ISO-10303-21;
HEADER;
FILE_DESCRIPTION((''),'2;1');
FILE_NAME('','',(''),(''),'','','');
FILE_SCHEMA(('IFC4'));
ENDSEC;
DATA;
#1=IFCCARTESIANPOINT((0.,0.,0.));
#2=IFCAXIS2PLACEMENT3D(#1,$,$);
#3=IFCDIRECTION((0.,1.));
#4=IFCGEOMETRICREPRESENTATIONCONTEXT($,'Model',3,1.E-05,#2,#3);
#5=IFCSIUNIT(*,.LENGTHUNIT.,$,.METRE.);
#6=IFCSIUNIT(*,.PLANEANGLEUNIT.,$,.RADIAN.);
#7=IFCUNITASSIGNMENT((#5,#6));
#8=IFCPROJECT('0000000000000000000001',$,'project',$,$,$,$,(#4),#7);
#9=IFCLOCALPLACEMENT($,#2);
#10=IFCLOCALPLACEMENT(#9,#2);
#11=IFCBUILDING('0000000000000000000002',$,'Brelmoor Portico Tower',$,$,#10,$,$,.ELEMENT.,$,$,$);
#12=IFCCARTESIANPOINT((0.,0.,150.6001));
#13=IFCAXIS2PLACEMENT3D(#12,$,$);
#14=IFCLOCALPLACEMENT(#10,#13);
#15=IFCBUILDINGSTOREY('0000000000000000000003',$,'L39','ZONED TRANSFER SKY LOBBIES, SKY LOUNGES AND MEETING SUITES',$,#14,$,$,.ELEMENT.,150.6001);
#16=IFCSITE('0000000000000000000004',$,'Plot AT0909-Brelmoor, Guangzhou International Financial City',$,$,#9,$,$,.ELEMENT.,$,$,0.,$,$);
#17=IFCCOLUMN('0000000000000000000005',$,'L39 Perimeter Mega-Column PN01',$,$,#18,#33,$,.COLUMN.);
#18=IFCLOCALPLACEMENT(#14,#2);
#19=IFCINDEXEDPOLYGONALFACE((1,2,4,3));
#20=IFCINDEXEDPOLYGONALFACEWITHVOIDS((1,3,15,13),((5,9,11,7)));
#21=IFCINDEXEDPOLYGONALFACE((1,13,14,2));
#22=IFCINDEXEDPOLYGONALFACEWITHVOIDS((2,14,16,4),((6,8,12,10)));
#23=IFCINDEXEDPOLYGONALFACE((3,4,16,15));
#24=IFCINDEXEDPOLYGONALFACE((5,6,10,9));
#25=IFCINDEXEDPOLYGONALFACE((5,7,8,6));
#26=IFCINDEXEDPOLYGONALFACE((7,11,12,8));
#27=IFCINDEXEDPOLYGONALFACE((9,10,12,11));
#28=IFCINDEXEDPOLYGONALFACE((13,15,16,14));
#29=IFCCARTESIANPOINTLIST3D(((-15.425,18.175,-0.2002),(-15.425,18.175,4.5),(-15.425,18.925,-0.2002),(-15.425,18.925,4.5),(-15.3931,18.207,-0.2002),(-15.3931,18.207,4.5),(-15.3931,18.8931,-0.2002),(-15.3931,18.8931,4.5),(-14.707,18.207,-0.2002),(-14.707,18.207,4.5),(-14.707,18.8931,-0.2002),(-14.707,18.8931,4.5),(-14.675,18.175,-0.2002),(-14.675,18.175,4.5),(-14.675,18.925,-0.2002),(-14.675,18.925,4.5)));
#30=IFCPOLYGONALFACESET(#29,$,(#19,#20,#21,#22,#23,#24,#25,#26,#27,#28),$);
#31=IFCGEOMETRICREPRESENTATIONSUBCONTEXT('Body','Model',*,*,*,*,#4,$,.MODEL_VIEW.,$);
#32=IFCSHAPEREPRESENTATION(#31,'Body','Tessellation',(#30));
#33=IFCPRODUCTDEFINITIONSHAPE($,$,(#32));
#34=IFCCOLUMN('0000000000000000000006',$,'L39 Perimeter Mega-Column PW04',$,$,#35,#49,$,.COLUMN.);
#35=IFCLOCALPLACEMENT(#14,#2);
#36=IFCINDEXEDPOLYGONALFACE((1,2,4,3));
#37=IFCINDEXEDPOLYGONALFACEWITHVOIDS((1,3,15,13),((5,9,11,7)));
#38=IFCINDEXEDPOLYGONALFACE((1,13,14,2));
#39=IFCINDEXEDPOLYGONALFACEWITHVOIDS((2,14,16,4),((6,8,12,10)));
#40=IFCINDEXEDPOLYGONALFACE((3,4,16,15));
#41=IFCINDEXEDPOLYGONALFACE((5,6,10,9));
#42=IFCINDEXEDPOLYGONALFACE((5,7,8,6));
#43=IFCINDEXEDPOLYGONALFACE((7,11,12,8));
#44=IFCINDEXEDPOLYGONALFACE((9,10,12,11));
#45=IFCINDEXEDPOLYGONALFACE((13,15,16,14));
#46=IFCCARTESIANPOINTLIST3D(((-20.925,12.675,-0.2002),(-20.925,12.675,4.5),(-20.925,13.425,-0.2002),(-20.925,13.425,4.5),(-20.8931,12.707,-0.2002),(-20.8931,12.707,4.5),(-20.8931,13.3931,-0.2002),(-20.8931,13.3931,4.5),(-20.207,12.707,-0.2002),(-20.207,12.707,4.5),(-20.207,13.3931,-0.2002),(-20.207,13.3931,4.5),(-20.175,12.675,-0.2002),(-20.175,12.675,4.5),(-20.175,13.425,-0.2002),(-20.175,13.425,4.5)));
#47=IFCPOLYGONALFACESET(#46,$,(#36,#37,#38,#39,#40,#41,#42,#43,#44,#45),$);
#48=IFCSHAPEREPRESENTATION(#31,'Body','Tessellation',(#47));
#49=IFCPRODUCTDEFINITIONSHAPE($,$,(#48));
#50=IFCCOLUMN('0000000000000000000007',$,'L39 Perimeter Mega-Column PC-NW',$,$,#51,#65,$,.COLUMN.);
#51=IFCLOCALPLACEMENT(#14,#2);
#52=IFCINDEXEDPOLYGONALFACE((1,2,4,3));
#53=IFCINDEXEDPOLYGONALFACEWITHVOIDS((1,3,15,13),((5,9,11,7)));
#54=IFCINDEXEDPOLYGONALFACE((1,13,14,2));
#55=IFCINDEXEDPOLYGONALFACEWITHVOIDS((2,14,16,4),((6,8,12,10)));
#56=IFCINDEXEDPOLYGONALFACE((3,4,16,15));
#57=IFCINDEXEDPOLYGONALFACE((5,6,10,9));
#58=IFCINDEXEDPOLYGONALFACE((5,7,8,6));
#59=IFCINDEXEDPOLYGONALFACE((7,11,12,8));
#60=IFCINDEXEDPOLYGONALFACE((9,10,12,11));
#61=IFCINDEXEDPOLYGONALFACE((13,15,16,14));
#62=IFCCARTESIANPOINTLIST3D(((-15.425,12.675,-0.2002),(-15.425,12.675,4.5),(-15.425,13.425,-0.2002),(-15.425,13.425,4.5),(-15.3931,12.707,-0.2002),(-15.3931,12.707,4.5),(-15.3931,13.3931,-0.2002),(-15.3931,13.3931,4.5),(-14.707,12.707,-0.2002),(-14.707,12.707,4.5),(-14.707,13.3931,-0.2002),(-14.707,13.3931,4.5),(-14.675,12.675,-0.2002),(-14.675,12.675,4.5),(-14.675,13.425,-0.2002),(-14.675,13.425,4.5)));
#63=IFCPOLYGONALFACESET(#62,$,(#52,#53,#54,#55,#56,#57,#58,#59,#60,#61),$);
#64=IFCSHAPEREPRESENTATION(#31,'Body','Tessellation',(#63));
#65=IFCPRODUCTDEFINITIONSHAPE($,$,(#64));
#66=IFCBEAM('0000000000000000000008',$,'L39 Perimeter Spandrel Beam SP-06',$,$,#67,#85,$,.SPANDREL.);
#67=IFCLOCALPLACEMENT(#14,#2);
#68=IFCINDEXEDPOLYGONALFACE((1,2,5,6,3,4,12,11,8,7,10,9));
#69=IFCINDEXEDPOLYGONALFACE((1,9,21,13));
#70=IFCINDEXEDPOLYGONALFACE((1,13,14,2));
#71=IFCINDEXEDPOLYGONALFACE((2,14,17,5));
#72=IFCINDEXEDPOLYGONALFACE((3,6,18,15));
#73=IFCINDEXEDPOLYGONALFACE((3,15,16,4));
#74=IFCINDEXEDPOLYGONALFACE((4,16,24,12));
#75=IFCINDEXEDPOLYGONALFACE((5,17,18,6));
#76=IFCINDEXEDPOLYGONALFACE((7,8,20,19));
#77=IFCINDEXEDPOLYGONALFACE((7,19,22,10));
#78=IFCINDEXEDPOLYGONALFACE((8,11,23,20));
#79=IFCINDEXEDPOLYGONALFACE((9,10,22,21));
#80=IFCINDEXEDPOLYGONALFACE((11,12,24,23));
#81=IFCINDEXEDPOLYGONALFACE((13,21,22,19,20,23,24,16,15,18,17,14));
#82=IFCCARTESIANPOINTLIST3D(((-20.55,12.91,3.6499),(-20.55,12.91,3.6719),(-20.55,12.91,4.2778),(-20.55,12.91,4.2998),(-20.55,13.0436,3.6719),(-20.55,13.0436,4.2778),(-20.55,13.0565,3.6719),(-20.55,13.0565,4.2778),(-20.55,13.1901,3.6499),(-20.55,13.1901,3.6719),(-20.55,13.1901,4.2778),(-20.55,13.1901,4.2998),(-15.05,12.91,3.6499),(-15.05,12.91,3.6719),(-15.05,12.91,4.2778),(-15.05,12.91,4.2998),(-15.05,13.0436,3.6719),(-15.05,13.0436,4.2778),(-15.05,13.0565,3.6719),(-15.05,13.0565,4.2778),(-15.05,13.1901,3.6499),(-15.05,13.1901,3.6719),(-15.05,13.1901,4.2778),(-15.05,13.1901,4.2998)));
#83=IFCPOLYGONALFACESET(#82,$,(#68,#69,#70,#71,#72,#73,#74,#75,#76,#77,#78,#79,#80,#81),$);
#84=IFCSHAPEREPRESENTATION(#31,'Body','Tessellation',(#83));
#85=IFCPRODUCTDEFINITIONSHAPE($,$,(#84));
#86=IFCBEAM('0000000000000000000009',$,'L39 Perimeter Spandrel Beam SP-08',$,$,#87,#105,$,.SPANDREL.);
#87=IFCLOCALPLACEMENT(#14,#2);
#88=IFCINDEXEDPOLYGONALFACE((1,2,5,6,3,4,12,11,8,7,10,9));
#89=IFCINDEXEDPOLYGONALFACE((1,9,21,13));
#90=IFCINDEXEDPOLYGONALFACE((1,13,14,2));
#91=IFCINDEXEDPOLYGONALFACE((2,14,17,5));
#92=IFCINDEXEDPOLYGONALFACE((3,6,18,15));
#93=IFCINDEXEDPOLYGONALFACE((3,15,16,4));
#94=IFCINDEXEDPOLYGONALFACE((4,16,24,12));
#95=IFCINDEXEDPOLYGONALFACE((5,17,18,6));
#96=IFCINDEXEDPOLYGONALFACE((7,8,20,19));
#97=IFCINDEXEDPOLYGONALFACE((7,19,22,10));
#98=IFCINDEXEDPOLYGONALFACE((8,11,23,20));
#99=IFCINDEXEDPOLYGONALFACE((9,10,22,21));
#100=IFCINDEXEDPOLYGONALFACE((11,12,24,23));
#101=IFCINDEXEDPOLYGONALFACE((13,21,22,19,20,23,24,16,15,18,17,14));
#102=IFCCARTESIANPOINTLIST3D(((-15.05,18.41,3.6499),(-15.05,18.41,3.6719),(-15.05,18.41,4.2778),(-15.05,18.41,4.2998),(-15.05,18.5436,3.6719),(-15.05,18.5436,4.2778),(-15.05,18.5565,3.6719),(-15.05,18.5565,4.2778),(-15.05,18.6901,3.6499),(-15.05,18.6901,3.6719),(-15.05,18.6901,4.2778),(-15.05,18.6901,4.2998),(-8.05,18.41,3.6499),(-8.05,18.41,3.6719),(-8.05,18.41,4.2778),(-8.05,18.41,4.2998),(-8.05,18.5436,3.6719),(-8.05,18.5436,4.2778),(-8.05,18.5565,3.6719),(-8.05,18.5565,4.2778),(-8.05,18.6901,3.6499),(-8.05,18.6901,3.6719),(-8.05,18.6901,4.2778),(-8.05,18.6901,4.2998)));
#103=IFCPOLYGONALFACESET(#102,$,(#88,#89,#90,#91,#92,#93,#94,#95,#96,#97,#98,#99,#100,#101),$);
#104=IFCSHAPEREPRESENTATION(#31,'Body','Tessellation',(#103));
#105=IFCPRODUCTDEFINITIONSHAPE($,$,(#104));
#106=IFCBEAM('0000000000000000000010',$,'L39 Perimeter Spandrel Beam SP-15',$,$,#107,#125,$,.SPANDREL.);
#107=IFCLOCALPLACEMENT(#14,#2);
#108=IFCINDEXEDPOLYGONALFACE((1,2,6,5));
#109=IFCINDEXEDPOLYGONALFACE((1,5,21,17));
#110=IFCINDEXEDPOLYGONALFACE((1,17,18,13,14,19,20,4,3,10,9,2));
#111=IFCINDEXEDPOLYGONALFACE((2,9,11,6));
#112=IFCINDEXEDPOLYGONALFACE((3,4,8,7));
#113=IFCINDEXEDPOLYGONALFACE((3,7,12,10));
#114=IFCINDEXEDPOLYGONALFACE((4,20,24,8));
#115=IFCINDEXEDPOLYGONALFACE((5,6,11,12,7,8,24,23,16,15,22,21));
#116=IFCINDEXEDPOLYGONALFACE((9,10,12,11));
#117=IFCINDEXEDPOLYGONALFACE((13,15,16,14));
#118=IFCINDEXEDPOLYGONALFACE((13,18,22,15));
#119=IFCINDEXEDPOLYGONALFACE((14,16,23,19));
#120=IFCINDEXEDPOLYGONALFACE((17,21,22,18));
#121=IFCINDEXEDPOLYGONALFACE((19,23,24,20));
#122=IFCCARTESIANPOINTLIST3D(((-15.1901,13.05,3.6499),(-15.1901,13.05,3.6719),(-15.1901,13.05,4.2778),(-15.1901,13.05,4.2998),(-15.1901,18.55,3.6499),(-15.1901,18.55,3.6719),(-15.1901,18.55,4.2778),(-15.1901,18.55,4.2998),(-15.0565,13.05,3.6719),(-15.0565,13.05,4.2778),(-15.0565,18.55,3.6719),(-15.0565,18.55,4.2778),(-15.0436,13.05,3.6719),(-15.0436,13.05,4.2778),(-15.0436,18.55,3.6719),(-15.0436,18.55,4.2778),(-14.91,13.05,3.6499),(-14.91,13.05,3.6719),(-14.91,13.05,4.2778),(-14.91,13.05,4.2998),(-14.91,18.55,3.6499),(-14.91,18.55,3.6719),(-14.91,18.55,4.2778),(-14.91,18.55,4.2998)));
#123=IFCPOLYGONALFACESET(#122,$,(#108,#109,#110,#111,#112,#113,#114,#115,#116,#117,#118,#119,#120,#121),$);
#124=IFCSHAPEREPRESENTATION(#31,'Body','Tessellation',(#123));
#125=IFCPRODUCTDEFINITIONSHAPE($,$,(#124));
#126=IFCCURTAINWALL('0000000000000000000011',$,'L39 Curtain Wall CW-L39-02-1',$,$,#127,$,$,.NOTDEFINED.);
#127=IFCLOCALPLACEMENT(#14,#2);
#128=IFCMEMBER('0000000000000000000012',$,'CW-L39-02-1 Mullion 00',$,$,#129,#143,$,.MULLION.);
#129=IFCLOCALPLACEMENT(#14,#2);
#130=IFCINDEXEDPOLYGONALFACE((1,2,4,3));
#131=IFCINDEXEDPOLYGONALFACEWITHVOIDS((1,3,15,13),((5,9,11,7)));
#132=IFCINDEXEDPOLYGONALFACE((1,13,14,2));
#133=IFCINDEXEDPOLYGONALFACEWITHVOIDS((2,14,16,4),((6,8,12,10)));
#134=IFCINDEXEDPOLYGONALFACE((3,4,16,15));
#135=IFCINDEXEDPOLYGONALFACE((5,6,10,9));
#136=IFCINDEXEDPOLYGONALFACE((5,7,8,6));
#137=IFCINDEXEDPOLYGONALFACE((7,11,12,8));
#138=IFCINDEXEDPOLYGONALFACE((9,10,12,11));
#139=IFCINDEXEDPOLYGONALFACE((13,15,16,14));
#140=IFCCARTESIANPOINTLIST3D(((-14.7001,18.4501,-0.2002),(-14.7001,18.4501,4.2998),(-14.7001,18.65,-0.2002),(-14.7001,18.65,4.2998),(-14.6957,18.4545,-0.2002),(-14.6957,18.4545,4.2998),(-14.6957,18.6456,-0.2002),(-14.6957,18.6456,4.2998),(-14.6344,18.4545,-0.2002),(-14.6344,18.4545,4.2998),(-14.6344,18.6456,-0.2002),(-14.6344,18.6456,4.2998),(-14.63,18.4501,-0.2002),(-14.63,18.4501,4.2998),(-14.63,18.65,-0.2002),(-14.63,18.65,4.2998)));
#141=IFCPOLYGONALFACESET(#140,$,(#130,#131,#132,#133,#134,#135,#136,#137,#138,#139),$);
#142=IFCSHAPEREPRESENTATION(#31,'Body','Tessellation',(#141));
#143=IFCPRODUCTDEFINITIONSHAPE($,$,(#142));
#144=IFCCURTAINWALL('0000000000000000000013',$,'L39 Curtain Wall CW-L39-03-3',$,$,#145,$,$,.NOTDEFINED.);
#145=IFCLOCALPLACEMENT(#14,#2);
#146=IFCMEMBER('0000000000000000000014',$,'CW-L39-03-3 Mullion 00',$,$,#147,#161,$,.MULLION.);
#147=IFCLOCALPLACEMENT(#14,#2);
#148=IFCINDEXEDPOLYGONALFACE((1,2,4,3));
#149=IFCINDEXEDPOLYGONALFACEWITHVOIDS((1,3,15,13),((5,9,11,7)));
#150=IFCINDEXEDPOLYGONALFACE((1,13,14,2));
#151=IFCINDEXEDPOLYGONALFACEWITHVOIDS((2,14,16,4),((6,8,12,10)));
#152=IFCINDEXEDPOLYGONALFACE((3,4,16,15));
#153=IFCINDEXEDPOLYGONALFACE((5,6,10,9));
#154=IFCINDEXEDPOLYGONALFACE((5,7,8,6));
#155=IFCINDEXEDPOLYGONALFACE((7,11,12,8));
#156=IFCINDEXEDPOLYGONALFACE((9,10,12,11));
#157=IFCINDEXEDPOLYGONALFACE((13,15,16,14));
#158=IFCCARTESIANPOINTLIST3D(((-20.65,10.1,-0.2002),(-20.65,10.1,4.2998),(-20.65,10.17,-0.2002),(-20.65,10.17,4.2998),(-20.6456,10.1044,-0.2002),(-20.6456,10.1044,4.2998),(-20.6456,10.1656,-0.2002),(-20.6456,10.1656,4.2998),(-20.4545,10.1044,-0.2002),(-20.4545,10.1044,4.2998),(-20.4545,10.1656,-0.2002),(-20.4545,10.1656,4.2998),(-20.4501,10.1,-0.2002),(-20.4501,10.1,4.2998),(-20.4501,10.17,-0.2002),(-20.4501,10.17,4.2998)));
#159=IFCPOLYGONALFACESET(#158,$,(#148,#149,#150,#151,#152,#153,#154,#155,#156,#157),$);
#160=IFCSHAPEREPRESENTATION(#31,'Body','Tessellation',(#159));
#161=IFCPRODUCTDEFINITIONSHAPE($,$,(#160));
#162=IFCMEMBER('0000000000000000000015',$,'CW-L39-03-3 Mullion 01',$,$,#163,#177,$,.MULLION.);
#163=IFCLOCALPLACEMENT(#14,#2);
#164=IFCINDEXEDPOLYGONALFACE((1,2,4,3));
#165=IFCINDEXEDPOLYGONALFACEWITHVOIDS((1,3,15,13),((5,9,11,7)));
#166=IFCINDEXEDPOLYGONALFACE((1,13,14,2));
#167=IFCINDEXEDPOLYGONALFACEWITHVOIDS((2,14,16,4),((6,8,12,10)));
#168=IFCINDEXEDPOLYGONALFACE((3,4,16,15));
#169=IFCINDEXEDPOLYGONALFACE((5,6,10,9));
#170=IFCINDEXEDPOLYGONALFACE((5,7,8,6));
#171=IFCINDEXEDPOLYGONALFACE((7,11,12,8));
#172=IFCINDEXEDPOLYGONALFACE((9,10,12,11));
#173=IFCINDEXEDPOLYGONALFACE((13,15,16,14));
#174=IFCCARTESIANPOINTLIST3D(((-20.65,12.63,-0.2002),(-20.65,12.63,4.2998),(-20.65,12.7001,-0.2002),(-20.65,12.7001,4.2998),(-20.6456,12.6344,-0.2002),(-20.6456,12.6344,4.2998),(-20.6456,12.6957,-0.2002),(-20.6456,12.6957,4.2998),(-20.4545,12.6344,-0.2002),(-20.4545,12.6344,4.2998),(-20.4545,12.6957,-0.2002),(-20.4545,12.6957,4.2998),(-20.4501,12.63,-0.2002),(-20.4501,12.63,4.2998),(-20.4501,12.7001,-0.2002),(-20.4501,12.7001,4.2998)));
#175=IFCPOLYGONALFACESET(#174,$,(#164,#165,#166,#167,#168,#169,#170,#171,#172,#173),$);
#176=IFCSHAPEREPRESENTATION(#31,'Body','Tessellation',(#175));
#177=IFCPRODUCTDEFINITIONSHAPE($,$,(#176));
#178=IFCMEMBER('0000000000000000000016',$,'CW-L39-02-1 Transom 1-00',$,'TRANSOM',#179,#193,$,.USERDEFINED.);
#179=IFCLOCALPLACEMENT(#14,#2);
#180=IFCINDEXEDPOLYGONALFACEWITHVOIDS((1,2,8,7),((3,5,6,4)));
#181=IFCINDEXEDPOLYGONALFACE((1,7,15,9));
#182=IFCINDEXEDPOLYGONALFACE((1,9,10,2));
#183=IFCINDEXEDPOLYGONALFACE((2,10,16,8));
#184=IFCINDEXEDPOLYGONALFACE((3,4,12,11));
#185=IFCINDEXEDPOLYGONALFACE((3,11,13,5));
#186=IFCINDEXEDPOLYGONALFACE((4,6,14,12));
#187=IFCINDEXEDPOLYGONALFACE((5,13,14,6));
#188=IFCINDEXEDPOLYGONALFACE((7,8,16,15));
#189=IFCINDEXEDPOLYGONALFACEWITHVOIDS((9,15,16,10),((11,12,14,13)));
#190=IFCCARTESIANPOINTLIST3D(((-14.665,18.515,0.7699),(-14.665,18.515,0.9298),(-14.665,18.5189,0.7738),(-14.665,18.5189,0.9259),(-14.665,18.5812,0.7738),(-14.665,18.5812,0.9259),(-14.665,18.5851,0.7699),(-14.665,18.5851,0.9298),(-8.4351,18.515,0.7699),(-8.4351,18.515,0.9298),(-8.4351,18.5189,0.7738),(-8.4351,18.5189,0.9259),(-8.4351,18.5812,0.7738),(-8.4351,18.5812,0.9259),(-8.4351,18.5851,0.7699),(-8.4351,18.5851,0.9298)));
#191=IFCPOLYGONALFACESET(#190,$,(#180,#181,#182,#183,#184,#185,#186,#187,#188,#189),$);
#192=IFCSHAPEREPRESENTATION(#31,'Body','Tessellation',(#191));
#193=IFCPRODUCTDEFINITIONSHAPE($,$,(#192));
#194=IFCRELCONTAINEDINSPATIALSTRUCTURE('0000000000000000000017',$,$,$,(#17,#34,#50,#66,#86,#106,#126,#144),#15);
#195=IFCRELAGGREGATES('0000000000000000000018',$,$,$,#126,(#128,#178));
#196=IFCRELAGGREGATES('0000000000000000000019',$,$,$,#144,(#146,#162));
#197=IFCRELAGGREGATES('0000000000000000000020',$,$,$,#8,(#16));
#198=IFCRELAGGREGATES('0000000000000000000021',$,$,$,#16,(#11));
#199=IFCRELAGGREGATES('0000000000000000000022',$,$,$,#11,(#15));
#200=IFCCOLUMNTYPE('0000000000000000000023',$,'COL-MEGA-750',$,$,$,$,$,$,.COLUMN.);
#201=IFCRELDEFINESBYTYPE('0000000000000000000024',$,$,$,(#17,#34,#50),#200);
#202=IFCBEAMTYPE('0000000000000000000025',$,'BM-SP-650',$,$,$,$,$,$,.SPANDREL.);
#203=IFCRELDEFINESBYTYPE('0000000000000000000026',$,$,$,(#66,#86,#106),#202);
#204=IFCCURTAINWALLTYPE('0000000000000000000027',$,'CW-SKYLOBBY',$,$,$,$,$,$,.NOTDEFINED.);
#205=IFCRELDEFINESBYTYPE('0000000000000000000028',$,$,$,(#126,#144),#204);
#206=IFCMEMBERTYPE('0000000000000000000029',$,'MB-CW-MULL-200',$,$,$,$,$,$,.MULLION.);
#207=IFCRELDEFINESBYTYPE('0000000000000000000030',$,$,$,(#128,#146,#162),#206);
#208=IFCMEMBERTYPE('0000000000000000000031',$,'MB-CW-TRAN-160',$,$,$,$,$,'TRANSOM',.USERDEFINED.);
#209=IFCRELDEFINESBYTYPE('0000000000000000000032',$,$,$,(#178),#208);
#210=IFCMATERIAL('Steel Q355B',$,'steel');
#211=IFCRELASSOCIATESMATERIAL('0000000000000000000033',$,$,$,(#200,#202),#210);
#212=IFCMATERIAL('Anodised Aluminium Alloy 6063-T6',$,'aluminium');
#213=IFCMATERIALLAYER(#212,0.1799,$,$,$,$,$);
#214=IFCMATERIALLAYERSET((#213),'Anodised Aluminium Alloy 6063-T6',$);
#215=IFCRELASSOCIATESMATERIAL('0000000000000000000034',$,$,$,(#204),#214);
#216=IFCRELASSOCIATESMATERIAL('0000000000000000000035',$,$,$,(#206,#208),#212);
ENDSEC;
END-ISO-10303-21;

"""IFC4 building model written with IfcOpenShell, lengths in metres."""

from ifc_helpers import new_model, si_unit, direction, frame, origin, origin_2d, place, context, subcontext, project, spatial, hollow_rectangle, i_section, extrude, material, layer, layer_set, material_profile, profile_set, type_object, element, aggregate, save


model = new_model("IFC4")

# Units and contexts
model_context = context("Model", 3, precision=1e-05, world=origin(), true_north=direction((0.0, 1.0)))
body_context = subcontext(model_context, "Body", "Model", "MODEL_VIEW")
ifc_project = project(units=[si_unit("LENGTHUNIT", "METRE"), si_unit("PLANEANGLEUNIT", "RADIAN")], contexts=[model_context])

# Site, building, storey
site_placement = place(None, origin())
site = spatial("IfcSite", under=ifc_project, at=site_placement, Name="Plot AT0909-Brelmoor, Guangzhou International Financial City", CompositionType="ELEMENT", RefElevation=0.0)
building_placement = place(site_placement, origin())
building = spatial("IfcBuilding", under=site, at=building_placement, Name="Brelmoor Portico Tower", CompositionType="ELEMENT")
storey_placement = place(building_placement, frame((0.0, 0.0, 150.6001)))
storey = spatial("IfcBuildingStorey", under=building, at=storey_placement, Name="L39", Description="ZONED TRANSFER SKY LOBBIES, SKY LOUNGES AND MEETING SUITES", CompositionType="ELEMENT", Elevation=150.6001)

# Columns
ifc_material_1 = material(Name="Steel Q355B", Category="steel")
ifc_material_profile_1 = material_profile(ifc_material_1, hollow_rectangle(XDim=0.75, YDim=0.75, WallThickness=0.032, at=origin_2d()), Name="BOX 750x750x32")
ifc_profile_set_1 = profile_set([ifc_material_profile_1], Name="Steel Q355B")
column_type = type_object("IfcColumnType", Name="COL-MEGA-750", PredefinedType="COLUMN", material=ifc_profile_set_1)
for number, where, z_axis, x_axis, name in (
    (1, (-15.05, 18.55, -0.2002), (0.0, 0.0, 1.0), (1.0, 0.0, 0.0), "L39 Perimeter Mega-Column PN01"),
    (2, (-20.55, 13.05, -0.2002), (0.0, 0.0, 1.0), (0.0, 1.0, 0.0), "L39 Perimeter Mega-Column PW04"),
    (3, (-15.05, 13.05, -0.2002), (0.0, 0.0, 1.0), (1.0, 0.0, 0.0), "L39 Perimeter Mega-Column PC-NW"),
):
    element("IfcColumn", number, at=place(storey_placement, frame(where, z_axis=z_axis, x_axis=x_axis)), inside=storey, type_object=column_type, Name=name, PredefinedType="COLUMN", context=body_context, shape_type="SweptSolid", body=[
        extrude(hollow_rectangle(XDim=0.75, YDim=0.75, WallThickness=0.032, at=origin_2d()), origin(), (0.0, 0.0, 1.0), 4.7002),
    ])

# Beams
ifc_material_profile_2 = material_profile(ifc_material_1, i_section(OverallWidth=0.28, OverallDepth=0.6499, WebThickness=0.0129, FlangeThickness=0.022, at=origin_2d()), Name="HN 650x280x13x22")
ifc_profile_set_2 = profile_set([ifc_material_profile_2], Name="Steel Q355B")
beam_type = type_object("IfcBeamType", Name="BM-SP-650", PredefinedType="SPANDREL", material=ifc_profile_set_2)
beam_1_placement = place(storey_placement, frame((-20.55, 13.05, 3.9749), z_axis=(1.0, 0.0, 0.0), x_axis=(0.0, 1.0, 0.0)))
element("IfcBeam", 4, at=beam_1_placement, inside=storey, type_object=beam_type, Name="L39 Perimeter Spandrel Beam SP-06", PredefinedType="SPANDREL", context=body_context, shape_type="SweptSolid", body=[
    extrude(i_section(OverallWidth=0.28, OverallDepth=0.6499, WebThickness=0.0129, FlangeThickness=0.022, at=origin_2d()), origin(), (0.0, 0.0, 1.0), 5.5),
])
beam_2_placement = place(storey_placement, frame((-15.05, 18.55, 3.9749), z_axis=(1.0, 0.0, 0.0), x_axis=(0.0, 1.0, 0.0)))
element("IfcBeam", 5, at=beam_2_placement, inside=storey, type_object=beam_type, Name="L39 Perimeter Spandrel Beam SP-08", PredefinedType="SPANDREL", context=body_context, shape_type="SweptSolid", body=[
    extrude(i_section(OverallWidth=0.28, OverallDepth=0.6499, WebThickness=0.0129, FlangeThickness=0.022, at=origin_2d()), origin(), (0.0, 0.0, 1.0), 7.0),
])
beam_3_placement = place(storey_placement, frame((-15.05, 13.05, 3.9749), z_axis=(0.0, 1.0, 0.0), x_axis=(-1.0, 0.0, 0.0)))
element("IfcBeam", 6, at=beam_3_placement, inside=storey, type_object=beam_type, Name="L39 Perimeter Spandrel Beam SP-15", PredefinedType="SPANDREL", context=body_context, shape_type="SweptSolid", body=[
    extrude(i_section(OverallWidth=0.28, OverallDepth=0.6499, WebThickness=0.0129, FlangeThickness=0.022, at=origin_2d()), origin(), (0.0, 0.0, 1.0), 5.5),
])

# Curtain wall, member
ifc_material_2 = material(Name="Anodised Aluminium Alloy 6063-T6", Category="aluminium")
ifc_layer_1 = layer(ifc_material_2, 0.1799)
ifc_layer_set_1 = layer_set([ifc_layer_1], Name="Anodised Aluminium Alloy 6063-T6")
curtain_wall_type = type_object("IfcCurtainWallType", Name="CW-SKYLOBBY", PredefinedType="NOTDEFINED", material=ifc_layer_set_1)
curtain_wall_1_placement = place(storey_placement, origin())
curtain_wall_1 = element("IfcCurtainWall", 7, at=curtain_wall_1_placement, inside=storey, type_object=curtain_wall_type, Name="L39 Curtain Wall CW-L39-02-1", PredefinedType="NOTDEFINED")
ifc_material_profile_3 = material_profile(ifc_material_2, hollow_rectangle(XDim=0.0701, YDim=0.2, WallThickness=0.0044, at=origin_2d()), Name="ALU MULLION 70x200")
ifc_profile_set_3 = profile_set([ifc_material_profile_3], Name="Anodised Aluminium Alloy 6063-T6")
member_type_1 = type_object("IfcMemberType", Name="MB-CW-MULL-200", PredefinedType="MULLION", material=ifc_profile_set_3)
member_1_placement = place(storey_placement, frame((-14.665, 18.55, -0.2002), z_axis=(0.0, 0.0, 1.0), x_axis=(1.0, 0.0, 0.0)))
member_1 = element("IfcMember", 8, at=member_1_placement, type_object=member_type_1, Name="CW-L39-02-1 Mullion 00", PredefinedType="MULLION", context=body_context, shape_type="SweptSolid", body=[
    extrude(hollow_rectangle(XDim=0.0701, YDim=0.2, WallThickness=0.0044, at=origin_2d()), origin(), (0.0, 0.0, 1.0), 4.5),
])

# Curtain wall, members
curtain_wall_2_placement = place(storey_placement, origin())
curtain_wall_2 = element("IfcCurtainWall", 9, at=curtain_wall_2_placement, inside=storey, type_object=curtain_wall_type, Name="L39 Curtain Wall CW-L39-03-3", PredefinedType="NOTDEFINED")
member_2_placement = place(storey_placement, frame((-20.55, 10.135, -0.2002), z_axis=(0.0, 0.0, 1.0), x_axis=(0.0, 1.0, 0.0)))
member_2 = element("IfcMember", 10, at=member_2_placement, type_object=member_type_1, Name="CW-L39-03-3 Mullion 00", PredefinedType="MULLION", context=body_context, shape_type="SweptSolid", body=[
    extrude(hollow_rectangle(XDim=0.0701, YDim=0.2, WallThickness=0.0044, at=origin_2d()), origin(), (0.0, 0.0, 1.0), 4.5),
])
member_3_placement = place(storey_placement, frame((-20.55, 12.665, -0.2002), z_axis=(0.0, 0.0, 1.0), x_axis=(0.0, 1.0, 0.0)))
member_3 = element("IfcMember", 11, at=member_3_placement, type_object=member_type_1, Name="CW-L39-03-3 Mullion 01", PredefinedType="MULLION", context=body_context, shape_type="SweptSolid", body=[
    extrude(hollow_rectangle(XDim=0.0701, YDim=0.2, WallThickness=0.0044, at=origin_2d()), origin(), (0.0, 0.0, 1.0), 4.5),
])

# Member
ifc_material_profile_4 = material_profile(ifc_material_2, hollow_rectangle(XDim=0.0701, YDim=0.1599, WallThickness=0.0039, at=origin_2d()), Name="ALU TRANSOM 70x160")
ifc_profile_set_4 = profile_set([ifc_material_profile_4], Name="Anodised Aluminium Alloy 6063-T6")
member_type_2 = type_object("IfcMemberType", Name="MB-CW-TRAN-160", ElementType="TRANSOM", PredefinedType="USERDEFINED", material=ifc_profile_set_4)
member_4_placement = place(storey_placement, frame((-14.665, 18.55, 0.8499), z_axis=(1.0, 0.0, 0.0), x_axis=(0.0, 1.0, 0.0)))
member_4 = element("IfcMember", 12, at=member_4_placement, type_object=member_type_2, Name="CW-L39-02-1 Transom 1-00", ObjectType="TRANSOM", PredefinedType="USERDEFINED", context=body_context, shape_type="SweptSolid", body=[
    extrude(hollow_rectangle(XDim=0.0701, YDim=0.1599, WallThickness=0.0039, at=origin_2d()), origin(), (0.0, 0.0, 1.0), 6.23),
])
aggregate(curtain_wall_1, [member_1, member_4])

aggregate(curtain_wall_2, [member_2, member_3])

save(model, "model.ifc")
